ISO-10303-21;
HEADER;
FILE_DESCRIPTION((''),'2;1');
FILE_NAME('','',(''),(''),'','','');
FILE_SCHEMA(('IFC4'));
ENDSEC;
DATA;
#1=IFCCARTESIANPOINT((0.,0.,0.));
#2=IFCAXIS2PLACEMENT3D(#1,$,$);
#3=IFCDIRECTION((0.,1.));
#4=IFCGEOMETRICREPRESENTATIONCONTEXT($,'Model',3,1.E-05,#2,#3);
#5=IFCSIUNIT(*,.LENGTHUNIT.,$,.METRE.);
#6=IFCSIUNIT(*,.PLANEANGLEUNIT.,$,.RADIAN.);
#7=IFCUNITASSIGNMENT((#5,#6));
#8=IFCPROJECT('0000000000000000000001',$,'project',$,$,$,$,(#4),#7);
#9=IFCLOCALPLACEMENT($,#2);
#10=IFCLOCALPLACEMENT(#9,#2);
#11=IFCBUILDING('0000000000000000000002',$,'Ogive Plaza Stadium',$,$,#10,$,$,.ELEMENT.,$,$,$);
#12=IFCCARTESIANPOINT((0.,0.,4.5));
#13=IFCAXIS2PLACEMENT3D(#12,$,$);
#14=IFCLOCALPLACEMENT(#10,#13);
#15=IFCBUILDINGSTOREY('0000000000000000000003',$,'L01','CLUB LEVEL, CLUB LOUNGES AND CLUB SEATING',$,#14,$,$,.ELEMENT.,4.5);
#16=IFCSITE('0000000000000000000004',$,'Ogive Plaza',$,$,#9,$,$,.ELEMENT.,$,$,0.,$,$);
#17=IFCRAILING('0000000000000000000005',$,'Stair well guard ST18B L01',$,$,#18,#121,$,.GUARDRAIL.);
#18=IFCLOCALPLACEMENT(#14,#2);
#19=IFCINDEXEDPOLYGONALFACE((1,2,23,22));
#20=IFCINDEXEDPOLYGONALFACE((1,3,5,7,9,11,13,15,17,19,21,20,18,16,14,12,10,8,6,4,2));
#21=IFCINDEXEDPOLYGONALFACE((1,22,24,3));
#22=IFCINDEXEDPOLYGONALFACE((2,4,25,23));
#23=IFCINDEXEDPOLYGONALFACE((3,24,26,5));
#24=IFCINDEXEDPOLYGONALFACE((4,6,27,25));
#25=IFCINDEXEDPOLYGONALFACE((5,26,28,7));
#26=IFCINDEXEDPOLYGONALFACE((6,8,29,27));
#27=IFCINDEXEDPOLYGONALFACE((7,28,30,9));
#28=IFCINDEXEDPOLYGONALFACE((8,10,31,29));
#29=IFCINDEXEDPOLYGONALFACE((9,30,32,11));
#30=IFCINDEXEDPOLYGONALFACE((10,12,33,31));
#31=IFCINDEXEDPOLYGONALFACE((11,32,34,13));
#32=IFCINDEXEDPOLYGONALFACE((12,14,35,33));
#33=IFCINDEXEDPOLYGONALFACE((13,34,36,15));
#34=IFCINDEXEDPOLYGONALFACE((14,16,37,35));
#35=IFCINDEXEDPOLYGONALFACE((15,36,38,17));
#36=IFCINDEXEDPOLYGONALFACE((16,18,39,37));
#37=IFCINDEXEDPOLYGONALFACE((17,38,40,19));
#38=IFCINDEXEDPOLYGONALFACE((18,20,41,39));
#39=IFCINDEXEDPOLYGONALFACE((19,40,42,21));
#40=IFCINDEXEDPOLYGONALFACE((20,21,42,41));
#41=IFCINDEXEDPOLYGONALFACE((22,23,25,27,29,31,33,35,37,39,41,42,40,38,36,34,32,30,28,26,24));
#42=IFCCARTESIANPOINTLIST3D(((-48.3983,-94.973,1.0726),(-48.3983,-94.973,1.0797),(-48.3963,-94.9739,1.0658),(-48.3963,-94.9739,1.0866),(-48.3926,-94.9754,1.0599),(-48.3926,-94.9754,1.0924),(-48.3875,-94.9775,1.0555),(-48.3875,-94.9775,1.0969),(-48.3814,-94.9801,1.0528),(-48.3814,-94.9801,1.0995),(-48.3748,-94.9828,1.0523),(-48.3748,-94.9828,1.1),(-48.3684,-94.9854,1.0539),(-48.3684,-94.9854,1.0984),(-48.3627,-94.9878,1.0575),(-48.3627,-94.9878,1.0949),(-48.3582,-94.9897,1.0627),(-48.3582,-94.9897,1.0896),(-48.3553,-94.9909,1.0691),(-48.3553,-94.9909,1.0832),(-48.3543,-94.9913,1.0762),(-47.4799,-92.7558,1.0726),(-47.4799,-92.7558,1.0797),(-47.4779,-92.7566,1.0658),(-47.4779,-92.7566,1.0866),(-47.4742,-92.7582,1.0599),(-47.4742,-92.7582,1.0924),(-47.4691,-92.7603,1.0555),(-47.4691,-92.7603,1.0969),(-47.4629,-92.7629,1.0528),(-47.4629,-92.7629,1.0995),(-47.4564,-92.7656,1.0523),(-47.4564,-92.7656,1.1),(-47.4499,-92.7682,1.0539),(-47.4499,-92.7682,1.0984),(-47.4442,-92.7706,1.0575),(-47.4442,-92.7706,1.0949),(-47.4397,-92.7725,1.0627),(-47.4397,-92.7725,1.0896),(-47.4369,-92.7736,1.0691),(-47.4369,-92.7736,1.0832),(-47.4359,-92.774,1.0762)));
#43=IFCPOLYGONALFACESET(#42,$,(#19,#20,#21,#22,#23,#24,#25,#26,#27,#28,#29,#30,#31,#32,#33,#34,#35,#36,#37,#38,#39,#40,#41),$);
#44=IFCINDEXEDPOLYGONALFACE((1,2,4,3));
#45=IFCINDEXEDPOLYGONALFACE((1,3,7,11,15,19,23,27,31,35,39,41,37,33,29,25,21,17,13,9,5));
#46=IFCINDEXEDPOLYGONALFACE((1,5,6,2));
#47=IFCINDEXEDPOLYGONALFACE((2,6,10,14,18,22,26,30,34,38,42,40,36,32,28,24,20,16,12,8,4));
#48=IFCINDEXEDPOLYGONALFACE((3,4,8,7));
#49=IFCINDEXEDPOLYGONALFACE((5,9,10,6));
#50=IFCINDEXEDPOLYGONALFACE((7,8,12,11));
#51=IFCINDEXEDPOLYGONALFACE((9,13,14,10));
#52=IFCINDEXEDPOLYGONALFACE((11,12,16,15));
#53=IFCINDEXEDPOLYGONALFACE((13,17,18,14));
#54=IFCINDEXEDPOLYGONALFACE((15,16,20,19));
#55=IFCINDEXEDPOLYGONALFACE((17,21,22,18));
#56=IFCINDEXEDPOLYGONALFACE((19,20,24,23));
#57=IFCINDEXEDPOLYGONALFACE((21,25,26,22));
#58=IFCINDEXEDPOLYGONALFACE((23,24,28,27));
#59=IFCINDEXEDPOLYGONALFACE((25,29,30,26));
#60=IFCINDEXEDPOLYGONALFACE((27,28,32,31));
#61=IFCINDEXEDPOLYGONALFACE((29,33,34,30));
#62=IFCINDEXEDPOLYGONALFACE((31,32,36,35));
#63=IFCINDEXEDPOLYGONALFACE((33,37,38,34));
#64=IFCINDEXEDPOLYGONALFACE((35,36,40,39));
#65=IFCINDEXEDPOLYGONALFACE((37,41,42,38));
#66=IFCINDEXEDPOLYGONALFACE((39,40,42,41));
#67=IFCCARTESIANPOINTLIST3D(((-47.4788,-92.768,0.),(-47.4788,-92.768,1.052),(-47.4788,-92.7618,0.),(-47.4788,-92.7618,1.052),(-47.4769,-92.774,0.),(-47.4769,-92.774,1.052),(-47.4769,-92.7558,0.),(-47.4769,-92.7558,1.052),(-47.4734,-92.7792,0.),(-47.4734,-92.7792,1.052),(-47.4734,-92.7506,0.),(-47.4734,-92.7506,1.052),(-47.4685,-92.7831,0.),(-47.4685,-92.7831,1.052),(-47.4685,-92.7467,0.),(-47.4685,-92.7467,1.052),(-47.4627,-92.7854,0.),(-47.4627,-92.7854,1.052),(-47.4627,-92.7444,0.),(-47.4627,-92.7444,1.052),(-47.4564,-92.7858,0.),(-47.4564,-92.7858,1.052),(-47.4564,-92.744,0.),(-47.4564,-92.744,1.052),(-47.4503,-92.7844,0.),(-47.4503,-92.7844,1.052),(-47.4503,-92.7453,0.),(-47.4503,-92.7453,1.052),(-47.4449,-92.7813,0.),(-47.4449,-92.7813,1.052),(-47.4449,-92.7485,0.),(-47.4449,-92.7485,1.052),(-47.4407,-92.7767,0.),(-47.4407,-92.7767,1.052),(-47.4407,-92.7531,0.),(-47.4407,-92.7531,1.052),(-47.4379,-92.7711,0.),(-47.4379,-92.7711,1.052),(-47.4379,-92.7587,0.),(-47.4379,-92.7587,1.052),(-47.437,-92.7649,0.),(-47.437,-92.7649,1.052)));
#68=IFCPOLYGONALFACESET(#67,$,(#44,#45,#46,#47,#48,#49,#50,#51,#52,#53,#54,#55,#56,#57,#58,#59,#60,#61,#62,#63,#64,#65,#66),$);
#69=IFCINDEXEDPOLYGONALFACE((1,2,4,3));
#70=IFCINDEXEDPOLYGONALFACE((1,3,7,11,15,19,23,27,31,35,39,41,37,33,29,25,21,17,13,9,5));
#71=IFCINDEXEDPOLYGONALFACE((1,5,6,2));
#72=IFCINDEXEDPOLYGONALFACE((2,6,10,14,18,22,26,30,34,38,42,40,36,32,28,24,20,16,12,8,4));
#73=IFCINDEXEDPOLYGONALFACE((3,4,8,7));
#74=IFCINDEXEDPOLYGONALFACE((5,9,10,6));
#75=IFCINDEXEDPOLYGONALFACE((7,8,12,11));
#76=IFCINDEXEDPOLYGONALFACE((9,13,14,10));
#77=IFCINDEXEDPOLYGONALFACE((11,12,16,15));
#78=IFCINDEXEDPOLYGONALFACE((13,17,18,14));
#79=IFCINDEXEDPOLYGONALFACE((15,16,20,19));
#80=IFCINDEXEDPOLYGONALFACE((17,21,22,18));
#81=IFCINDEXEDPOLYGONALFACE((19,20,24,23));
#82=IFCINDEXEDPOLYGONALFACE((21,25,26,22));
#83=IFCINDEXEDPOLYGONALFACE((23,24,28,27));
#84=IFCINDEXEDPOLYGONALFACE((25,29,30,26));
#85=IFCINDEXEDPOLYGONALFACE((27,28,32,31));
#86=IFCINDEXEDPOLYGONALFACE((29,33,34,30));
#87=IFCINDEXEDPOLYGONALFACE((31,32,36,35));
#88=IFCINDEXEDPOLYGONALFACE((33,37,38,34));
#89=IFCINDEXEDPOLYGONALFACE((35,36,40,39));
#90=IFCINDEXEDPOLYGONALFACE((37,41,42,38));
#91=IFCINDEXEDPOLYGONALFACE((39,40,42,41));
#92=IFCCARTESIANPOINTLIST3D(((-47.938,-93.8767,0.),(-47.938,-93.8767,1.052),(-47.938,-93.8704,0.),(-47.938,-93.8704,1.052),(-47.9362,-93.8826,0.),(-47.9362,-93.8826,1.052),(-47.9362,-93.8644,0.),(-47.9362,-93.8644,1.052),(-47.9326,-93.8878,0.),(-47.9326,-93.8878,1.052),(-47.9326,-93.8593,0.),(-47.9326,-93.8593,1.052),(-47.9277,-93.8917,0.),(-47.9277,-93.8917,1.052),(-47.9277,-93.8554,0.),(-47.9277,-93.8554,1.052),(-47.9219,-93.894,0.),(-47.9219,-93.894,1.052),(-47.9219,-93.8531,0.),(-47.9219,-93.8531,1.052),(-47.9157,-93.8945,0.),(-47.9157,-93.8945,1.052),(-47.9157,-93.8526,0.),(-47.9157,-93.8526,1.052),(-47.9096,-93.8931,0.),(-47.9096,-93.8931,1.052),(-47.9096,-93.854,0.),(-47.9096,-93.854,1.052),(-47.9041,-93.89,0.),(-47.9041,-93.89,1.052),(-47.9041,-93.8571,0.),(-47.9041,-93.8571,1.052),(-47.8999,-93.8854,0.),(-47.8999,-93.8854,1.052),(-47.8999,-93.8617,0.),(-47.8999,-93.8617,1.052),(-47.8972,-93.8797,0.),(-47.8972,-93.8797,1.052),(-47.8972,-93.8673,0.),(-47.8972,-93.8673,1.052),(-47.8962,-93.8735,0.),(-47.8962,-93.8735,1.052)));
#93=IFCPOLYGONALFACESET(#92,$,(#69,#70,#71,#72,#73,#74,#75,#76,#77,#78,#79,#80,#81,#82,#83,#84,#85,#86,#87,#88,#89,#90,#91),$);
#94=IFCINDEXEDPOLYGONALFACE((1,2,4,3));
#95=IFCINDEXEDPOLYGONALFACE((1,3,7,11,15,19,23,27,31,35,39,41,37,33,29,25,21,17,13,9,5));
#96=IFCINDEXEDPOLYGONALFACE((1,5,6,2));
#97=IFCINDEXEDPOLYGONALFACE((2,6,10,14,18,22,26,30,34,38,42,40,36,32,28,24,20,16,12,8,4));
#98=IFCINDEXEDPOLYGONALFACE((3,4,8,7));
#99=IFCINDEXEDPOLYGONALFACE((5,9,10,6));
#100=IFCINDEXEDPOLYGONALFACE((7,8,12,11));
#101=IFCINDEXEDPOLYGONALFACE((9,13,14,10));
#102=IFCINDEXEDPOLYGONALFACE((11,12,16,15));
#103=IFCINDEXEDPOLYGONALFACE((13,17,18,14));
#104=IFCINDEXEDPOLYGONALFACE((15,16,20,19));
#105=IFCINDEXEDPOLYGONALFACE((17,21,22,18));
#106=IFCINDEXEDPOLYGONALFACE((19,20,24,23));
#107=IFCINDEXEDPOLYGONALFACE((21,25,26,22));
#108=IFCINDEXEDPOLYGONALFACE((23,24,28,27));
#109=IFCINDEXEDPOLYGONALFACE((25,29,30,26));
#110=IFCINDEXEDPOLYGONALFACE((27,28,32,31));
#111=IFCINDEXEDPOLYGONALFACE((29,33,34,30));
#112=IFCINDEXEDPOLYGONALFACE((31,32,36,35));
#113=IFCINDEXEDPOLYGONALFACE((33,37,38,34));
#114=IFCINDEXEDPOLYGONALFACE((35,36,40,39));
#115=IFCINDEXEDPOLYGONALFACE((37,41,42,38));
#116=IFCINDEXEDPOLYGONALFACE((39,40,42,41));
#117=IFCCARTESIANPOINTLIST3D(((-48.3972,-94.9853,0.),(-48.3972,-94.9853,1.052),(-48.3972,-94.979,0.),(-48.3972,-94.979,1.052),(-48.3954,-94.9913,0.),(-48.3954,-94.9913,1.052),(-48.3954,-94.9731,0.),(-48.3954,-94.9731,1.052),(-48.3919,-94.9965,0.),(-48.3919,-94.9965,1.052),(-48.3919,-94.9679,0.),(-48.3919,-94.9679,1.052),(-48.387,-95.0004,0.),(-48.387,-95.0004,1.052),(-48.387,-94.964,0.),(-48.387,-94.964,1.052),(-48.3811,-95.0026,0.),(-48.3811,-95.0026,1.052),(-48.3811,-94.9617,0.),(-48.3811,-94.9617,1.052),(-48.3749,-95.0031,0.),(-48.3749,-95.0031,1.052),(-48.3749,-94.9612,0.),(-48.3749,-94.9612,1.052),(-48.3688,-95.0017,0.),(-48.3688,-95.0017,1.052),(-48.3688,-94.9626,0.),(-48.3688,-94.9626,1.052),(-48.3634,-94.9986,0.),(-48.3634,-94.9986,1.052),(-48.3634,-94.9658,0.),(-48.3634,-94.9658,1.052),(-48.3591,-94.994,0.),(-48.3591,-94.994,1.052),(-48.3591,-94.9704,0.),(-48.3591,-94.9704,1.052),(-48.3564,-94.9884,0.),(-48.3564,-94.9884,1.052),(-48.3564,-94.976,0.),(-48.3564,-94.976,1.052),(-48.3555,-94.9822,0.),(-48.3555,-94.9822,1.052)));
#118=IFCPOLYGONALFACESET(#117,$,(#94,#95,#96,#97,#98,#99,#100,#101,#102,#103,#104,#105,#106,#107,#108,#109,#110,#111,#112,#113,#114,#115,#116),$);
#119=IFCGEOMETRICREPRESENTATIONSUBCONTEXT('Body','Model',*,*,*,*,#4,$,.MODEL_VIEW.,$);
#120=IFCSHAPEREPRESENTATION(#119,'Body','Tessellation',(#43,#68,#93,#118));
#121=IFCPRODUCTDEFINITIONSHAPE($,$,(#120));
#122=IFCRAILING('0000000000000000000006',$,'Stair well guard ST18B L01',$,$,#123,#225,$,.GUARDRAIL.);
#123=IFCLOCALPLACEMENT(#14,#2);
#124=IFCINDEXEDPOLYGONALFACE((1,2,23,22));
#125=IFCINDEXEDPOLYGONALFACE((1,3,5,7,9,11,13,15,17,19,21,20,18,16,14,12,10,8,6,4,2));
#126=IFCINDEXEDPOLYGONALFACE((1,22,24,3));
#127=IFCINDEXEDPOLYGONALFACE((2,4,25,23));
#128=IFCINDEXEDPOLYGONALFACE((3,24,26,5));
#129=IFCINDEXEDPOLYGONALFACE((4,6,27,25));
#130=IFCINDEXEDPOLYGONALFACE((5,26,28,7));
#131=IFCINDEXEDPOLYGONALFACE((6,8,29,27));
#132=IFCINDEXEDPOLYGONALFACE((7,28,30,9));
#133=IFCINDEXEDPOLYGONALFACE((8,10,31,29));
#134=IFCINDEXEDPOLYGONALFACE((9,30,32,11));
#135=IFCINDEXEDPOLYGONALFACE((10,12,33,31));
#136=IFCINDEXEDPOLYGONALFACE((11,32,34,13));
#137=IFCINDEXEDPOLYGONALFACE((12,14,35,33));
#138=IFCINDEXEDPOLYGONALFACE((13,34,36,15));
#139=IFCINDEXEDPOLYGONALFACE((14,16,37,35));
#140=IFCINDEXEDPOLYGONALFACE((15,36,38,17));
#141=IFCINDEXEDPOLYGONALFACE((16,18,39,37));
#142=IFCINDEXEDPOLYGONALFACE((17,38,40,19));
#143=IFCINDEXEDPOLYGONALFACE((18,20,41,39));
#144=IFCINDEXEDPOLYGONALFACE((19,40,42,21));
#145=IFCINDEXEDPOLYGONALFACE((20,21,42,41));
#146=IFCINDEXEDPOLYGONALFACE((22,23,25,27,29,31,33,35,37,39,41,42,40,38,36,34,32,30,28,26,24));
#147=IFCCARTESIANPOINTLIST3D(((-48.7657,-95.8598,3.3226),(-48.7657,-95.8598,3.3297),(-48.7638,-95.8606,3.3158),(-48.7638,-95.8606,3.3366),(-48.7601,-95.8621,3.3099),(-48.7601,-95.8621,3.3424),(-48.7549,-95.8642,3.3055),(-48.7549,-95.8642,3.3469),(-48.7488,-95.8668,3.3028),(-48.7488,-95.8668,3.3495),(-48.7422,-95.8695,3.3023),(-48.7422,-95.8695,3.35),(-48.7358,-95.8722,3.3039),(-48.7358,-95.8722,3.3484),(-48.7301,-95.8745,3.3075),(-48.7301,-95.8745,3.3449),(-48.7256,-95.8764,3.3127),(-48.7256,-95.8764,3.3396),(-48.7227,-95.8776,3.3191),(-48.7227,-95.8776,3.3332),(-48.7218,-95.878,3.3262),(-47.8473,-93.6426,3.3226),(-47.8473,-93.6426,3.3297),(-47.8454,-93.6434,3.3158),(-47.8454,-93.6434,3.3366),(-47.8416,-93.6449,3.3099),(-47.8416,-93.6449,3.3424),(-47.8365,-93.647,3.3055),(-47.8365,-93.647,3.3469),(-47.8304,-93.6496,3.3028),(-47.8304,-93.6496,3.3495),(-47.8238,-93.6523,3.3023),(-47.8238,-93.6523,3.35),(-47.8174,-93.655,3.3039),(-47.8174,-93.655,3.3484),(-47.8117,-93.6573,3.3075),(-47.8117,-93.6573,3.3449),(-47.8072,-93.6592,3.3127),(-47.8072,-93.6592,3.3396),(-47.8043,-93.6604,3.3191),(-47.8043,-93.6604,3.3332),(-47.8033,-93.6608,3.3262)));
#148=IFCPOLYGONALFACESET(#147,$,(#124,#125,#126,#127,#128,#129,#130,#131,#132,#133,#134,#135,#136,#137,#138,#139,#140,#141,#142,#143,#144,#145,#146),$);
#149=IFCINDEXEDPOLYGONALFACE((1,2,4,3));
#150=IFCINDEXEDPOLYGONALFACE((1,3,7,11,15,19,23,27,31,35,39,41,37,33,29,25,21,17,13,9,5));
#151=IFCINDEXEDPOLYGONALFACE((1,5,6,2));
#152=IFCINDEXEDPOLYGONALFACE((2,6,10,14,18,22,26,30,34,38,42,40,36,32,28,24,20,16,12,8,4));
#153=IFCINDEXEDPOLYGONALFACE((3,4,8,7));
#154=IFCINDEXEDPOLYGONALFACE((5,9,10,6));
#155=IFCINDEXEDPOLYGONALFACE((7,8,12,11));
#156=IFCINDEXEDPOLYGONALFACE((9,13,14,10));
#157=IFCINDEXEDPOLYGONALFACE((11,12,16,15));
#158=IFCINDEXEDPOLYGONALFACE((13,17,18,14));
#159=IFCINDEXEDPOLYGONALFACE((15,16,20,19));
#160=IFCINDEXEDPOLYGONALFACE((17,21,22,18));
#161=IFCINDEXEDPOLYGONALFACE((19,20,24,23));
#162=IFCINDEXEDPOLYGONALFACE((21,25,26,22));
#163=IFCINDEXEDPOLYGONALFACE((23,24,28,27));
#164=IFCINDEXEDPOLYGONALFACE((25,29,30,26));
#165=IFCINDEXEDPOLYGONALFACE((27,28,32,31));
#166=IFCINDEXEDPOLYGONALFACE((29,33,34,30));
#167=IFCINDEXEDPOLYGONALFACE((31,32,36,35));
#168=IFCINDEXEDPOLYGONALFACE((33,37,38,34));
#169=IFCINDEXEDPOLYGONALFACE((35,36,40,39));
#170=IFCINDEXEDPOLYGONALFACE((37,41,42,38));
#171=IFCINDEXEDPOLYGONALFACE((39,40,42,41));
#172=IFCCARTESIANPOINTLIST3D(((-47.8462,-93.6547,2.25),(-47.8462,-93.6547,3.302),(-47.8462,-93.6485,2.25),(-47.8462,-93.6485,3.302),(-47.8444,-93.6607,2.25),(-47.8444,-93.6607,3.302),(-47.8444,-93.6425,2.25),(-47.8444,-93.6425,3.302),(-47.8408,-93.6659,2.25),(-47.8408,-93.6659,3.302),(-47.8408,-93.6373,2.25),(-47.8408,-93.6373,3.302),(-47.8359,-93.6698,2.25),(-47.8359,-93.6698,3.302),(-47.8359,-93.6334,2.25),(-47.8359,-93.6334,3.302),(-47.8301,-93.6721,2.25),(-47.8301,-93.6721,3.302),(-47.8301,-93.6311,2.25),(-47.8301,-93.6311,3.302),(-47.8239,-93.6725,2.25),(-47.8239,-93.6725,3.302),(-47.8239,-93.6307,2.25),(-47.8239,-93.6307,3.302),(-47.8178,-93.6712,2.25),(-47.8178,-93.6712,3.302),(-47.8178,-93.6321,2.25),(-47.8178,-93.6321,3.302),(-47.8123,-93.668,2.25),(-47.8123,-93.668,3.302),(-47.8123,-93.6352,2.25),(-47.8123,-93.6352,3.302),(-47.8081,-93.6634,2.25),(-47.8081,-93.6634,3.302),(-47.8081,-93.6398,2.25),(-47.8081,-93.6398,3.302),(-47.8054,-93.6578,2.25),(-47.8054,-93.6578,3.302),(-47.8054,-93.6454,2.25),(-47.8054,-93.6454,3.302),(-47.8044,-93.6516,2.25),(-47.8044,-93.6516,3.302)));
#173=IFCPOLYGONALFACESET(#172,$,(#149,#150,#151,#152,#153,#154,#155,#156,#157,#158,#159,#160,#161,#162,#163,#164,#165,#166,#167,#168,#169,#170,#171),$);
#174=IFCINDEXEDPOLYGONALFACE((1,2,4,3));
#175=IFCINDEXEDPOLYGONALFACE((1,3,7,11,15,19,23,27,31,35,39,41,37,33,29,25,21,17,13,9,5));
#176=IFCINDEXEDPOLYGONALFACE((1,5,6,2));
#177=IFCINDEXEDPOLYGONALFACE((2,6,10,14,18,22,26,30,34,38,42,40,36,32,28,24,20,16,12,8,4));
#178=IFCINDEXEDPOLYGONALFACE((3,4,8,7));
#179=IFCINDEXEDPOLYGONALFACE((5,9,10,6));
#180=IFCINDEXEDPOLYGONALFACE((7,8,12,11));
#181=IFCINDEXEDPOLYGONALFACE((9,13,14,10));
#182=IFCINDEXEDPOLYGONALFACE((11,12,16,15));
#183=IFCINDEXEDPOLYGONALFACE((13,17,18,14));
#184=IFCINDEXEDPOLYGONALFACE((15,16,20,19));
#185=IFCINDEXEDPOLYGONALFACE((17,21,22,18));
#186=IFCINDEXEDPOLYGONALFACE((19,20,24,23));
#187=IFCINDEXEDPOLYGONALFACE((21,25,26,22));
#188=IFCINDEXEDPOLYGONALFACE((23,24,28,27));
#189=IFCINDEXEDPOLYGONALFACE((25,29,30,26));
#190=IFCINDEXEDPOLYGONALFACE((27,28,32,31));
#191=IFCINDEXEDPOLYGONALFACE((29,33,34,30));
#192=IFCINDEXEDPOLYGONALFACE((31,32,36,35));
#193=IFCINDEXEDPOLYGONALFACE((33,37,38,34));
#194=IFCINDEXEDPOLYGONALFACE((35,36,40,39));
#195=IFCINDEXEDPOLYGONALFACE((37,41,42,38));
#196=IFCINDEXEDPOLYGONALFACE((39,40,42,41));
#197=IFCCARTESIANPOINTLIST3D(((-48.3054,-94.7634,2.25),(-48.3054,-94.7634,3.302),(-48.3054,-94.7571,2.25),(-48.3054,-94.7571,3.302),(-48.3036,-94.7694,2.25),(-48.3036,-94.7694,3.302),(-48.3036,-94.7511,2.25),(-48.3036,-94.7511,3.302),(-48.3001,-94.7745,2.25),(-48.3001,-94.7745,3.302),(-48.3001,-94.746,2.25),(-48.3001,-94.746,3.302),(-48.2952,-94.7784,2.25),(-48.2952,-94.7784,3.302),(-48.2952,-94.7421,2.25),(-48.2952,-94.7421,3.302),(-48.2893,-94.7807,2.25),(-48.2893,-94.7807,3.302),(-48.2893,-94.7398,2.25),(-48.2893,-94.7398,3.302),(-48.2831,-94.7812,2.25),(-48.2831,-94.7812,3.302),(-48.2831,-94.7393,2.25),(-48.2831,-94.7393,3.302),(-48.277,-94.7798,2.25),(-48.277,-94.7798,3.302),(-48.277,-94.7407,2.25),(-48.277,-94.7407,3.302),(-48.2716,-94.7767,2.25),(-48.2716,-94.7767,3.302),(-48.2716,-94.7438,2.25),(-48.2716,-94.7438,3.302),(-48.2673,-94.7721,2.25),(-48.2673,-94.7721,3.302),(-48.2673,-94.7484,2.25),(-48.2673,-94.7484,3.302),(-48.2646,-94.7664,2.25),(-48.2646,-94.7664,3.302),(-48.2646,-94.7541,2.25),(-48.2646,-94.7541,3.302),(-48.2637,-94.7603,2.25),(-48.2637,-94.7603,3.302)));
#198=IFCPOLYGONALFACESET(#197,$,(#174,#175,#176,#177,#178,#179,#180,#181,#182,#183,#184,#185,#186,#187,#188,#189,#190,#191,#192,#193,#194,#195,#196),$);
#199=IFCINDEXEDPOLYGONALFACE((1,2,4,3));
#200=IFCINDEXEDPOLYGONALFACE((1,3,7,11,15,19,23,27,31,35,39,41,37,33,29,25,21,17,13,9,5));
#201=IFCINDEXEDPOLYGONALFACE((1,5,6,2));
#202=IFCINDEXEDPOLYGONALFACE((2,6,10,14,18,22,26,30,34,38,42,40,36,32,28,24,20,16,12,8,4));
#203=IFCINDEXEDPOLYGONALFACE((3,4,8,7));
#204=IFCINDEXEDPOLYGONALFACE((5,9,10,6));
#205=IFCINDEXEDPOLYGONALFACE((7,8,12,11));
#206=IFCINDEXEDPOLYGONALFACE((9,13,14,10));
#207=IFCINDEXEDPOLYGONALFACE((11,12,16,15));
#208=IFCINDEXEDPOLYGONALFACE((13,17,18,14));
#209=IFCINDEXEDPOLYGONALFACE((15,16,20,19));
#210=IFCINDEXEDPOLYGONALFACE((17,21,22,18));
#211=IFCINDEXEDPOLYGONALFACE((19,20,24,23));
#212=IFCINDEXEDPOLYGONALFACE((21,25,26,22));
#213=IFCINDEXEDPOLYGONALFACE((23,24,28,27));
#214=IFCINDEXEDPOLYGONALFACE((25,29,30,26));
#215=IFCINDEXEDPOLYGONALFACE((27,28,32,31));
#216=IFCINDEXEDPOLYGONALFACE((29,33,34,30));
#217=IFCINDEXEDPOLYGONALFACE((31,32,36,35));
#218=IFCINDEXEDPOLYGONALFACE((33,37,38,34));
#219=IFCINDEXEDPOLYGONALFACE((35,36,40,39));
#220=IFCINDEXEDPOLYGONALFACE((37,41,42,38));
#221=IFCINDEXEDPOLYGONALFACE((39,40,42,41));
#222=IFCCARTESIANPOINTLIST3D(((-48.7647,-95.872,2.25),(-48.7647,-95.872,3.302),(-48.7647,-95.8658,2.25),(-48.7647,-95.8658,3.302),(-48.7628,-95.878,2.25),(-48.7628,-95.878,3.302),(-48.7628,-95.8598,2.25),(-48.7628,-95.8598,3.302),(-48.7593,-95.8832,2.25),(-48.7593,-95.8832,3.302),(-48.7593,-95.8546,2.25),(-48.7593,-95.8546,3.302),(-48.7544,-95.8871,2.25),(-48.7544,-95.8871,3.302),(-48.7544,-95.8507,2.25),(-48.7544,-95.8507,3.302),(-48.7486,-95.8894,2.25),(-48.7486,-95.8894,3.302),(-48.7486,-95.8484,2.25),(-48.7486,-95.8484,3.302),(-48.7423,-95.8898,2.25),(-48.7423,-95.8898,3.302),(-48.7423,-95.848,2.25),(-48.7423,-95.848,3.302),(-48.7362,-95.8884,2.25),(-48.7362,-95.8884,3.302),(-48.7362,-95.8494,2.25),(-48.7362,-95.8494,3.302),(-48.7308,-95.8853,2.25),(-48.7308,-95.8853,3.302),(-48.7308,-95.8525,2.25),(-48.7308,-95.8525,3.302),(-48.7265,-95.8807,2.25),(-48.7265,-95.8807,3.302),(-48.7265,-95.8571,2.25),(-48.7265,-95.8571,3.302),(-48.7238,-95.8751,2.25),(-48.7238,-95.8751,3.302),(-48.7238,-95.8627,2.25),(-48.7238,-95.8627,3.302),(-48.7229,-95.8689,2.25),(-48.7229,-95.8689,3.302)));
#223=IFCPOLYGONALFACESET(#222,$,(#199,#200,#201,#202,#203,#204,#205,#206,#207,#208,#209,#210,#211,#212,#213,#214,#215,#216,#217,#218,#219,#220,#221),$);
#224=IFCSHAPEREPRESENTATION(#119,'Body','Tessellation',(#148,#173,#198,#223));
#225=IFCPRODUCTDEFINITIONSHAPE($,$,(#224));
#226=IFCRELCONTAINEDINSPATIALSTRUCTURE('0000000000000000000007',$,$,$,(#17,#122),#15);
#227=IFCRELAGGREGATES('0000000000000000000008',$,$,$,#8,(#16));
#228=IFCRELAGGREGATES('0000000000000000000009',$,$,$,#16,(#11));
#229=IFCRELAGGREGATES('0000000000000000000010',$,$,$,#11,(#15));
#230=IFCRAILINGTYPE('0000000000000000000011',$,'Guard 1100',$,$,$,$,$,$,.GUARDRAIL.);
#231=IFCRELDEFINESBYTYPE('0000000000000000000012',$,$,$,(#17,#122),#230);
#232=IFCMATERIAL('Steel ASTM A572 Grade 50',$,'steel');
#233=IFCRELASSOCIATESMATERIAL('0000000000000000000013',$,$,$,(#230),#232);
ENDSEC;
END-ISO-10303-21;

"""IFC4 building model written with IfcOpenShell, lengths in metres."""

from ifc_helpers import new_model, si_unit, direction, frame, origin, origin_2d, place, context, subcontext, project, spatial, circle, extrude, material, type_object, element, save


model = new_model("IFC4")

# Units and contexts
model_context = context("Model", 3, precision=1e-05, world=origin(), true_north=direction((0.0, 1.0)))
body_context = subcontext(model_context, "Body", "Model", "MODEL_VIEW")
ifc_project = project(units=[si_unit("LENGTHUNIT", "METRE"), si_unit("PLANEANGLEUNIT", "RADIAN")], contexts=[model_context])

# Site, building, storey
site_placement = place(None, origin())
site = spatial("IfcSite", under=ifc_project, at=site_placement, Name="Ogive Plaza", CompositionType="ELEMENT", RefElevation=0.0)
building_placement = place(site_placement, origin())
building = spatial("IfcBuilding", under=site, at=building_placement, Name="Ogive Plaza Stadium", CompositionType="ELEMENT")
storey_placement = place(building_placement, frame((0.0, 0.0, 4.5)))
storey = spatial("IfcBuildingStorey", under=building, at=storey_placement, Name="L01", Description="CLUB LEVEL, CLUB LOUNGES AND CLUB SEATING", CompositionType="ELEMENT", Elevation=4.5)

# Railings
ifc_material_1 = material(Name="Steel ASTM A572 Grade 50", Category="steel")
railing_type_1 = type_object("IfcRailingType", Name="Guard 1100", PredefinedType="GUARDRAIL", material=ifc_material_1)
for number, where, name in (
    (1, (-47.458, -92.7649, 0.0), "Stair well guard ST18B L01"),
    (2, (-47.8254, -93.6516, 2.25), "Stair well guard ST18B L01"),
):
    element("IfcRailing", number, at=place(storey_placement, frame(where)), inside=storey, type_object=railing_type_1, Name=name, PredefinedType="GUARDRAIL", context=body_context, shape_type="SweptSolid", body=[
        extrude(circle(Radius=0.0239, at=origin_2d()), frame((0.0, 0.0, 1.0762), z_axis=(-0.382693, -0.923875, 0.0), x_axis=(0.923875, -0.382693, 0.0)), (0.0, 0.0, 1.0), 2.3999),
        extrude(circle(Radius=0.021, at=origin_2d()), origin(), (0.0, 0.0, 1.0), 1.052),
        extrude(circle(Radius=0.021, at=origin_2d()), frame((-0.4592, -1.1086, 0.0)), (0.0, 0.0, 1.0), 1.052),
        extrude(circle(Radius=0.021, at=origin_2d()), frame((-0.9185, -2.2173, 0.0)), (0.0, 0.0, 1.0), 1.052),
    ])

save(model, "model.ifc")
